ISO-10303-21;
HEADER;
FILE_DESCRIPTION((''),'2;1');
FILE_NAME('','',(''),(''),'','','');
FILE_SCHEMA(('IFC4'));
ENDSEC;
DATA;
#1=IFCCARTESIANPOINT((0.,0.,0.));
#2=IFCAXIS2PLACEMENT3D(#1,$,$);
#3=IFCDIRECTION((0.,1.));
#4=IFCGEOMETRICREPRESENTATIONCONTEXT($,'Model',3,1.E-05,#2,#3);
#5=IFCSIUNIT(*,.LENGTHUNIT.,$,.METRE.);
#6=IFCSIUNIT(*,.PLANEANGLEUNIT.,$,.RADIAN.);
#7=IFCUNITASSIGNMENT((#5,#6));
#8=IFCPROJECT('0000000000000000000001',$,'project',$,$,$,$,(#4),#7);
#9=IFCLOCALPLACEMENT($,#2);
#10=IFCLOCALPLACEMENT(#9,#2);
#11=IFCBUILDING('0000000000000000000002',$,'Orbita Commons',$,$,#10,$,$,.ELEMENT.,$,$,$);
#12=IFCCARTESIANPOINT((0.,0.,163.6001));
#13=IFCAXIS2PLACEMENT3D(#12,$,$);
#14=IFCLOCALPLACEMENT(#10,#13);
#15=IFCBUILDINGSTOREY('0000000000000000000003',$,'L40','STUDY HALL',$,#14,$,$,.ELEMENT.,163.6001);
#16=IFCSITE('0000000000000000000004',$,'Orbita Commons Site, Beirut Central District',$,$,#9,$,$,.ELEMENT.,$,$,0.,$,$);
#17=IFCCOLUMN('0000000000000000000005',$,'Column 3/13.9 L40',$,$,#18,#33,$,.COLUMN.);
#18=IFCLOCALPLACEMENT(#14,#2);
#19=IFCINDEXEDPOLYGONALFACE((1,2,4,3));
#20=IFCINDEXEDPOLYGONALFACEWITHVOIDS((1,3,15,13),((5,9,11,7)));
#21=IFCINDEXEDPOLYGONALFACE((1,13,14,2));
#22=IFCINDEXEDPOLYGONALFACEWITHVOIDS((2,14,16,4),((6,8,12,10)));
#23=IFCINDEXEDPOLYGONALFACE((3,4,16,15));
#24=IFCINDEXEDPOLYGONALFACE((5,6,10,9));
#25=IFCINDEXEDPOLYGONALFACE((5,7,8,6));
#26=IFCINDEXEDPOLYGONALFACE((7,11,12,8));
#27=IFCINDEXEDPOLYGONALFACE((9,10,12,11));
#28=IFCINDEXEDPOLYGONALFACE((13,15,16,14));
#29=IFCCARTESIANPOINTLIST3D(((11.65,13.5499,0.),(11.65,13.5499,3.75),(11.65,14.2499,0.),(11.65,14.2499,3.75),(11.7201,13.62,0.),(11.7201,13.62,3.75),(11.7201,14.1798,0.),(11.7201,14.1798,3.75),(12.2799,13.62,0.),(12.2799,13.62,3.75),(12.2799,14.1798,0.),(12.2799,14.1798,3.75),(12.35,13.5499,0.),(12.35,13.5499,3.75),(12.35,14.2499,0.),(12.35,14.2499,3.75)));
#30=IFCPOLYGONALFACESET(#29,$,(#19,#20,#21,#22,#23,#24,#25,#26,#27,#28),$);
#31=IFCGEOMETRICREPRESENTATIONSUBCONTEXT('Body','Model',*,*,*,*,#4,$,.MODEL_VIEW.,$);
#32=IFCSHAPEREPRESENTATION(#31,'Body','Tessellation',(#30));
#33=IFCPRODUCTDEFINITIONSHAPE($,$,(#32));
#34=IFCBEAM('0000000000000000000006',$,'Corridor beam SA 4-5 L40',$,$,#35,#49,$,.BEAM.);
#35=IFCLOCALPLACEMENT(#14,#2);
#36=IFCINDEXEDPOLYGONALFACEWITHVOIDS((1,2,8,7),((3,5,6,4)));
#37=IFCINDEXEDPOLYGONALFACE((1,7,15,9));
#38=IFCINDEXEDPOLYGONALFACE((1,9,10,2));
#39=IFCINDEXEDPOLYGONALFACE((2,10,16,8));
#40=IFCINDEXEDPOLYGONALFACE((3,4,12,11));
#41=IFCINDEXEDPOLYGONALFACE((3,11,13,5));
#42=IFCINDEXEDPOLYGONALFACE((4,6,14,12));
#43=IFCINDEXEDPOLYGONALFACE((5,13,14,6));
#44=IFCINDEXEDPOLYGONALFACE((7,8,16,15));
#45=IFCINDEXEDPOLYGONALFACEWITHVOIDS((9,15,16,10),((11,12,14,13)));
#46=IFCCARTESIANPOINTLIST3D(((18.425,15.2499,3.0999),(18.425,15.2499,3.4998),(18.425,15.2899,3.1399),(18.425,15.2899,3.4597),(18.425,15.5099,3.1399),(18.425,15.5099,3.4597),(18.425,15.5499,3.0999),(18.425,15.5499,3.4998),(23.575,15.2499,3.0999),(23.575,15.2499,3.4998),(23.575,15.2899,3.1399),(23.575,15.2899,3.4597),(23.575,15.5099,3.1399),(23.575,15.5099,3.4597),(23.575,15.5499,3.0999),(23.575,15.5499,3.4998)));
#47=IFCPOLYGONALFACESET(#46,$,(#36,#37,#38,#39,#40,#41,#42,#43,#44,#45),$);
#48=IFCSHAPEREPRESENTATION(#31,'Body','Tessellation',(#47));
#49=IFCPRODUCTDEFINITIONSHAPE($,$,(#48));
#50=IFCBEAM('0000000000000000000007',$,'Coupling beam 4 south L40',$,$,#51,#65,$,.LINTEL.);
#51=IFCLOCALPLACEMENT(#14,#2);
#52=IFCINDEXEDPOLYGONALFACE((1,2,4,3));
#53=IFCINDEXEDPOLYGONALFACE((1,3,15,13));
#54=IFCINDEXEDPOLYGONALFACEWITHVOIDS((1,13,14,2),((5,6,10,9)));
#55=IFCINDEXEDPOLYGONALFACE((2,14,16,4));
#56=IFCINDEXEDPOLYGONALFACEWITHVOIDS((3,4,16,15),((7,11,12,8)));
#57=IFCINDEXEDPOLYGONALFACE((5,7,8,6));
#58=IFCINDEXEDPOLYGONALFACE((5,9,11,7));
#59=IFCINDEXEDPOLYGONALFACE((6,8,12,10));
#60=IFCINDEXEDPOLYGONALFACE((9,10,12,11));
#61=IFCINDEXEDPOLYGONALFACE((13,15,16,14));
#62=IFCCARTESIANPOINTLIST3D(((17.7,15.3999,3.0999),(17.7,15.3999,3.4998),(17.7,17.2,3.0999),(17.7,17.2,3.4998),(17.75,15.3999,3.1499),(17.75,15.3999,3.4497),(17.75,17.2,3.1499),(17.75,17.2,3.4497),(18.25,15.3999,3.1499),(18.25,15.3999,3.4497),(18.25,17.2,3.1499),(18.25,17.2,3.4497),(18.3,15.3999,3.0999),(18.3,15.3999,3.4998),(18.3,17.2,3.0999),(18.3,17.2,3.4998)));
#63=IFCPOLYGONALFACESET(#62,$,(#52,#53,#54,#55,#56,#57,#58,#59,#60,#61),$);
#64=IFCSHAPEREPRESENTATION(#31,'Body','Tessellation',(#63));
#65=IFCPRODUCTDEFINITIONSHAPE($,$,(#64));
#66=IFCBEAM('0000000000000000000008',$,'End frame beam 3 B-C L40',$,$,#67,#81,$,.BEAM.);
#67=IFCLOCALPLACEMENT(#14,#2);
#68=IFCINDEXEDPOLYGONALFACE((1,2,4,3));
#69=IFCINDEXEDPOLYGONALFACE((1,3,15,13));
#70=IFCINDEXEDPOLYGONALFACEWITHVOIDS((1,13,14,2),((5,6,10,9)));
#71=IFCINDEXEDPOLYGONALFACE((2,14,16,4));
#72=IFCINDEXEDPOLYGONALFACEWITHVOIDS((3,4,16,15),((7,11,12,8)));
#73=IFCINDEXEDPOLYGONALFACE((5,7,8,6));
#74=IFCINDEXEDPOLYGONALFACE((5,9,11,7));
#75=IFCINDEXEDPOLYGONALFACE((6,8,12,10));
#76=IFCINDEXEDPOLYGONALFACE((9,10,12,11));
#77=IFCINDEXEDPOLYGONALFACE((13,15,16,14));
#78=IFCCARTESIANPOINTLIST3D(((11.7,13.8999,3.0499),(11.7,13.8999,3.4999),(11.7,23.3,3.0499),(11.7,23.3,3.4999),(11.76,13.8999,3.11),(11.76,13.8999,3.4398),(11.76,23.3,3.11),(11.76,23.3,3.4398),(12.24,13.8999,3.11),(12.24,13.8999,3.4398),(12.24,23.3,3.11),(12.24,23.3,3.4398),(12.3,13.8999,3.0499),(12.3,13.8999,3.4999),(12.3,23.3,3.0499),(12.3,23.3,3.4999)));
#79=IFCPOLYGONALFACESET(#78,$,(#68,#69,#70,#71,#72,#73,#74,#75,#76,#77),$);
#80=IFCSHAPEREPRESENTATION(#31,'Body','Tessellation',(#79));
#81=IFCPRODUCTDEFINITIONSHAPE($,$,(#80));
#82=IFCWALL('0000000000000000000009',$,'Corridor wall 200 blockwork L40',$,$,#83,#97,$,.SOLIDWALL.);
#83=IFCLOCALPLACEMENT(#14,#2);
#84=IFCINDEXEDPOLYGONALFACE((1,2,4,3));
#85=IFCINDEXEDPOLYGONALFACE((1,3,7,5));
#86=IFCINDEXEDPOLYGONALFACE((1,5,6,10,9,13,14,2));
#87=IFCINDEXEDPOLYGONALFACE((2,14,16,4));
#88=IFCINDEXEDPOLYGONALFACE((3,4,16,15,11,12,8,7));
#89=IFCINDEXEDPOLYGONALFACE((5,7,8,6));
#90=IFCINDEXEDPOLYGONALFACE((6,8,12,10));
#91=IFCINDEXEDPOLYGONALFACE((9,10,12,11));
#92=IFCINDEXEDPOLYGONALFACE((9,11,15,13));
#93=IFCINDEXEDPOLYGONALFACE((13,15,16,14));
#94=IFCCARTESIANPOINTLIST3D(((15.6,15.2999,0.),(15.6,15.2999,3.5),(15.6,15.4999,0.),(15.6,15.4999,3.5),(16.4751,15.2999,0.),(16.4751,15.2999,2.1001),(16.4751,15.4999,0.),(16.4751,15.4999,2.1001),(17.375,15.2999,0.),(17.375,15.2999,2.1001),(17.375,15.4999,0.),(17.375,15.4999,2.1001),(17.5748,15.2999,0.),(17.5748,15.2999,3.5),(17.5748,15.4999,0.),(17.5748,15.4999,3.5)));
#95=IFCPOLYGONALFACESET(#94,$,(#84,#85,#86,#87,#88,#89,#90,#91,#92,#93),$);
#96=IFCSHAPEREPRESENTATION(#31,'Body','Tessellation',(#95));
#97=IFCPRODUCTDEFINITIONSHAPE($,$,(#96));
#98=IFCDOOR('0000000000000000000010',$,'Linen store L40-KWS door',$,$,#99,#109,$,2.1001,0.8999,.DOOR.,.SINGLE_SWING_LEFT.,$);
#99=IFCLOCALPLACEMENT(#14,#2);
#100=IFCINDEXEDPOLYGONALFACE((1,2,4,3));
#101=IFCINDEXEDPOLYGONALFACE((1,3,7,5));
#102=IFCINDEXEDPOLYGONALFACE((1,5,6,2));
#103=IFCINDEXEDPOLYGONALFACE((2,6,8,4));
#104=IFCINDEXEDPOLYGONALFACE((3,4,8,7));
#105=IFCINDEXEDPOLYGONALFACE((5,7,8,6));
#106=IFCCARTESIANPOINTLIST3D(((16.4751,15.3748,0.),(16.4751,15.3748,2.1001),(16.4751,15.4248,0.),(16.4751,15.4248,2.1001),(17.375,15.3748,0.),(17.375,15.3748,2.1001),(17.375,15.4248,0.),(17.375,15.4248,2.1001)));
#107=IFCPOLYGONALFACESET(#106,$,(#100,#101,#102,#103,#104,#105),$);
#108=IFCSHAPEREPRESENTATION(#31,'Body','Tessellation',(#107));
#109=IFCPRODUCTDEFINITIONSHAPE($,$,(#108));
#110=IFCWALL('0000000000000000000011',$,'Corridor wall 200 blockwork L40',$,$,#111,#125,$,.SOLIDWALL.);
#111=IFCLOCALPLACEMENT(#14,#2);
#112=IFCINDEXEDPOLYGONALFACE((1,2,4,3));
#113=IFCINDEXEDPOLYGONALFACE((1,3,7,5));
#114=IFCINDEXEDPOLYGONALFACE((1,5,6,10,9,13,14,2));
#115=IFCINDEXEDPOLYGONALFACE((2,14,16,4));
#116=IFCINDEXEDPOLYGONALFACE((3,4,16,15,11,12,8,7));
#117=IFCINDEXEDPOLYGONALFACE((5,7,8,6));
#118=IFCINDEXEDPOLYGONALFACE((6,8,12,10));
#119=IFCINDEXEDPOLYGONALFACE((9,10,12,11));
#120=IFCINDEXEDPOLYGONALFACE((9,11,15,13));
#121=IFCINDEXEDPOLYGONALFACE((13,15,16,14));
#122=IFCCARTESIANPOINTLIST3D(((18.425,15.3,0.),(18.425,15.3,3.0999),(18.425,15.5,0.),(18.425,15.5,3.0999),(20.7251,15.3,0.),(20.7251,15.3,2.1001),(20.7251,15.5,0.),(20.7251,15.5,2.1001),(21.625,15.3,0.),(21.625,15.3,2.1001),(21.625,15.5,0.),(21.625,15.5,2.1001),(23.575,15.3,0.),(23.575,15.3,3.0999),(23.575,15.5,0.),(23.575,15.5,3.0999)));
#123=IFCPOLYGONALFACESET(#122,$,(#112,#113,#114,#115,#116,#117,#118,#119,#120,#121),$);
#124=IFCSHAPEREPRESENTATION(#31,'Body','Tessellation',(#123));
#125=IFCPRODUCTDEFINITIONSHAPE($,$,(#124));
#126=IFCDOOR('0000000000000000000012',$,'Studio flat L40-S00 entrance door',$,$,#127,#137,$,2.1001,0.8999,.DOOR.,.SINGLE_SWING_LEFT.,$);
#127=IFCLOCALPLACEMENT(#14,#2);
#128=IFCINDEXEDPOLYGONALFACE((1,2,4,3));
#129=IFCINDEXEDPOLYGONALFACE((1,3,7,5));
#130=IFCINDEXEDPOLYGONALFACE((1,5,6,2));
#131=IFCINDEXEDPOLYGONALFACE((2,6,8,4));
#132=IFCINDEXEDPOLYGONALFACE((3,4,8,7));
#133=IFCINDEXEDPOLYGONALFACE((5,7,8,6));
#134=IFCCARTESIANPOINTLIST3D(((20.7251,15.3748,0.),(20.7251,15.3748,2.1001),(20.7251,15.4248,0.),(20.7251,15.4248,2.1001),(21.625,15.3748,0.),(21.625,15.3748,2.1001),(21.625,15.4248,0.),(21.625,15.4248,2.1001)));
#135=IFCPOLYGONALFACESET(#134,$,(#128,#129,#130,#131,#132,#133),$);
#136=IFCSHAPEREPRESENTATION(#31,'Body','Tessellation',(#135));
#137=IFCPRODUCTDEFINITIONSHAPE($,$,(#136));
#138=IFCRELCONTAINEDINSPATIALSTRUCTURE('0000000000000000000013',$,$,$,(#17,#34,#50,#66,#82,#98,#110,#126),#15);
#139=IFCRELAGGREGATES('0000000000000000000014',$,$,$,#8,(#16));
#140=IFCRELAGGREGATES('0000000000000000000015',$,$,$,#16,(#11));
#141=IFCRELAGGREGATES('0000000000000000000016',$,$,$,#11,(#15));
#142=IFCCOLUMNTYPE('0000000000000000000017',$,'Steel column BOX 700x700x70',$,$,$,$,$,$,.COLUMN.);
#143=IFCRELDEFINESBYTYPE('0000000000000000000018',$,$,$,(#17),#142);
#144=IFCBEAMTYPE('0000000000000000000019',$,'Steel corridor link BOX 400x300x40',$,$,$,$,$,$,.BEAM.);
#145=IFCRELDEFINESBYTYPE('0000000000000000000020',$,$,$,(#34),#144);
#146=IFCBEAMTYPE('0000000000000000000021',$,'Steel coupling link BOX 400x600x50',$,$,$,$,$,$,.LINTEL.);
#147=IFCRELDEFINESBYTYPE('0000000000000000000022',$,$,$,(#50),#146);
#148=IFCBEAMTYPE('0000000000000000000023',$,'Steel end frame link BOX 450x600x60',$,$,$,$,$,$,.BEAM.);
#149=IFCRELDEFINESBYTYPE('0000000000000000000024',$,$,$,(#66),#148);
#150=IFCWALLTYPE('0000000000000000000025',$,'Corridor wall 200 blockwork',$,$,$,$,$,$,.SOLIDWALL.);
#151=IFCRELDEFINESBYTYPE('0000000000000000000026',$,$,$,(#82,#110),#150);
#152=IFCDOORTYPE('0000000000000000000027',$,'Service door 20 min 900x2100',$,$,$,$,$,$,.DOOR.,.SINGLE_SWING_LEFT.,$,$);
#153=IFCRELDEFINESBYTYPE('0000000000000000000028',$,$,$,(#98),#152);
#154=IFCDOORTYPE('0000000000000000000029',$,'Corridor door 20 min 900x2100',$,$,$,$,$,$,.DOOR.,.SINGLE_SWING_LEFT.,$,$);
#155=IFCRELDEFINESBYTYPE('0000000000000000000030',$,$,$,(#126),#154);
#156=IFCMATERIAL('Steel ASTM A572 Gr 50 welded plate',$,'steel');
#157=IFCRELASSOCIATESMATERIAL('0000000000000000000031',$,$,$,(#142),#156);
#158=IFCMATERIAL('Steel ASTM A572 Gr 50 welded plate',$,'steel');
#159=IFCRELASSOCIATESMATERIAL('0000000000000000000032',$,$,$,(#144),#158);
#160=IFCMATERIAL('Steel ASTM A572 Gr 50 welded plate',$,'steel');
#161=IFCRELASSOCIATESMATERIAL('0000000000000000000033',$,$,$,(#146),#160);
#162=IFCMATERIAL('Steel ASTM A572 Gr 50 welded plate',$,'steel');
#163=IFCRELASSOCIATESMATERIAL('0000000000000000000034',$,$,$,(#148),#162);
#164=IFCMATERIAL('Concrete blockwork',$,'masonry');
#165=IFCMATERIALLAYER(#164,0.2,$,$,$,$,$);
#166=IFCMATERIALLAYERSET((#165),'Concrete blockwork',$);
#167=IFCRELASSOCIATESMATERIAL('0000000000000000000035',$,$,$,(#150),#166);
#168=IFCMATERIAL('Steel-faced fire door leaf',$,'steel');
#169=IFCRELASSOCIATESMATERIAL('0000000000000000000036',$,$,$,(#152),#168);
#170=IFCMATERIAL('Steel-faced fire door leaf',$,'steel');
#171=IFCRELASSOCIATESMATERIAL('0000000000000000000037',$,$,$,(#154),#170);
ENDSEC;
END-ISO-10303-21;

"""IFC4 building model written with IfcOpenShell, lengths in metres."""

from ifc_helpers import new_model, si_unit, direction, frame, frame_2d, origin, origin_2d, place, context, subcontext, project, spatial, polyline, rectangle, hollow_rectangle, outline, extrude, material, layer, layer_set, material_profile, profile_set, type_object, element, fill, save


model = new_model("IFC4")

# Units and contexts
model_context = context("Model", 3, precision=1e-05, world=origin(), true_north=direction((0.0, 1.0)))
body_context = subcontext(model_context, "Body", "Model", "MODEL_VIEW")
ifc_project = project(units=[si_unit("LENGTHUNIT", "METRE"), si_unit("PLANEANGLEUNIT", "RADIAN")], contexts=[model_context])

# Site, building, storey
site_placement = place(None, origin())
site = spatial("IfcSite", under=ifc_project, at=site_placement, Name="Orbita Commons Site, Beirut Central District", CompositionType="ELEMENT", RefElevation=0.0)
building_placement = place(site_placement, origin())
building = spatial("IfcBuilding", under=site, at=building_placement, Name="Orbita Commons", CompositionType="ELEMENT")
storey_placement = place(building_placement, frame((0.0, 0.0, 163.6001)))
storey = spatial("IfcBuildingStorey", under=building, at=storey_placement, Name="L40", Description="STUDY HALL", CompositionType="ELEMENT", Elevation=163.6001)

# Column
ifc_material_1 = material(Name="Steel ASTM A572 Gr 50 welded plate", Category="steel")
ifc_material_profile_1 = material_profile(ifc_material_1, hollow_rectangle(XDim=0.7, YDim=0.7, WallThickness=0.0701, at=origin_2d()), Name="BOX 700x700x70")
ifc_profile_set_1 = profile_set([ifc_material_profile_1], Name="Steel ASTM A572 Gr 50 welded plate")
column_type = type_object("IfcColumnType", Name="Steel column BOX 700x700x70", PredefinedType="COLUMN", material=ifc_profile_set_1)
column_placement = place(storey_placement, frame((12.0, 13.8999, 0.0), z_axis=(0.0, 0.0, 1.0), x_axis=(1.0, 0.0, 0.0)))
element("IfcColumn", 1, at=column_placement, inside=storey, type_object=column_type, Name="Column 3/13.9 L40", PredefinedType="COLUMN", context=body_context, shape_type="SweptSolid", body=[
    extrude(hollow_rectangle(XDim=0.7, YDim=0.7, WallThickness=0.0701, at=origin_2d()), origin(), (0.0, 0.0, 1.0), 3.75),
])

# Beams
ifc_material_2 = material(Name="Steel ASTM A572 Gr 50 welded plate", Category="steel")
ifc_material_profile_2 = material_profile(ifc_material_2, hollow_rectangle(XDim=0.3, YDim=0.3999, WallThickness=0.04, at=origin_2d()), Name="BOX 400x300x40")
ifc_profile_set_2 = profile_set([ifc_material_profile_2], Name="Steel ASTM A572 Gr 50 welded plate")
beam_type_1 = type_object("IfcBeamType", Name="Steel corridor link BOX 400x300x40", PredefinedType="BEAM", material=ifc_profile_set_2)
beam_1_placement = place(storey_placement, frame((18.425, 15.3999, 3.2998), z_axis=(1.0, 0.0, 0.0), x_axis=(0.0, 1.0, 0.0)))
element("IfcBeam", 2, at=beam_1_placement, inside=storey, type_object=beam_type_1, Name="Corridor beam SA 4-5 L40", PredefinedType="BEAM", context=body_context, shape_type="SweptSolid", body=[
    extrude(hollow_rectangle(XDim=0.3, YDim=0.3999, WallThickness=0.04, at=origin_2d()), origin(), (0.0, 0.0, 1.0), 5.1499),
])
ifc_material_3 = material(Name="Steel ASTM A572 Gr 50 welded plate", Category="steel")
ifc_material_profile_3 = material_profile(ifc_material_3, hollow_rectangle(XDim=0.6001, YDim=0.3999, WallThickness=0.05, at=origin_2d()), Name="BOX 400x600x50")
ifc_profile_set_3 = profile_set([ifc_material_profile_3], Name="Steel ASTM A572 Gr 50 welded plate")
beam_type_2 = type_object("IfcBeamType", Name="Steel coupling link BOX 400x600x50", PredefinedType="LINTEL", material=ifc_profile_set_3)
beam_2_placement = place(storey_placement, frame((18.0, 15.3999, 3.2998), z_axis=(0.0, 1.0, 0.0), x_axis=(-1.0, 0.0, 0.0)))
element("IfcBeam", 3, at=beam_2_placement, inside=storey, type_object=beam_type_2, Name="Coupling beam 4 south L40", PredefinedType="LINTEL", context=body_context, shape_type="SweptSolid", body=[
    extrude(hollow_rectangle(XDim=0.6001, YDim=0.3999, WallThickness=0.05, at=origin_2d()), origin(), (0.0, 0.0, 1.0), 1.8),
])
ifc_material_4 = material(Name="Steel ASTM A572 Gr 50 welded plate", Category="steel")
ifc_material_profile_4 = material_profile(ifc_material_4, hollow_rectangle(XDim=0.6001, YDim=0.45, WallThickness=0.0601, at=origin_2d()), Name="BOX 450x600x60")
ifc_profile_set_4 = profile_set([ifc_material_profile_4], Name="Steel ASTM A572 Gr 50 welded plate")
beam_type_3 = type_object("IfcBeamType", Name="Steel end frame link BOX 450x600x60", PredefinedType="BEAM", material=ifc_profile_set_4)
beam_3_placement = place(storey_placement, frame((12.0, 13.8999, 3.2749), z_axis=(0.0, 1.0, 0.0), x_axis=(-1.0, 0.0, 0.0)))
element("IfcBeam", 4, at=beam_3_placement, inside=storey, type_object=beam_type_3, Name="End frame beam 3 B-C L40", PredefinedType="BEAM", context=body_context, shape_type="SweptSolid", body=[
    extrude(hollow_rectangle(XDim=0.6001, YDim=0.45, WallThickness=0.0601, at=origin_2d()), origin(), (0.0, 0.0, 1.0), 9.4001),
])

# Walls, openings, doors
ifc_material_5 = material(Name="Concrete blockwork", Category="masonry")
ifc_layer_1 = layer(ifc_material_5, 0.2)
ifc_layer_set_1 = layer_set([ifc_layer_1], Name="Concrete blockwork")
wall_type_1 = type_object("IfcWallType", Name="Corridor wall 200 blockwork", PredefinedType="SOLIDWALL", material=ifc_layer_set_1)
wall_1_placement = place(storey_placement, frame((15.6001, 15.3999, 0.0), z_axis=(0.0, 0.0, 1.0), x_axis=(1.0, 0.0, 0.0)))
wall_1 = element("IfcWall", 5, at=wall_1_placement, inside=storey, type_object=wall_type_1, Name="Corridor wall 200 blockwork L40", PredefinedType="SOLIDWALL", context=body_context, shape_type="SweptSolid", body=[
    extrude(rectangle(XDim=1.9749, YDim=0.2, at=frame_2d((0.9873, 0.0))), origin(), (0.0, 0.0, 1.0), 3.5),
])
opening_1_placement = place(wall_1_placement, frame((0.875, 0.0, 0.0)))
opening_1 = element("IfcOpeningElement", 6, at=opening_1_placement, cuts=wall_1, PredefinedType="OPENING", context=body_context, shape_type="SweptSolid", body=[
    extrude(rectangle(XDim=0.8999, YDim=2.1001, at=frame_2d((0.45, 1.05))), frame((0.0, 0.1099, 0.0), z_axis=(0.0, -1.0, 0.0), x_axis=(1.0, 0.0, 0.0)), (0.0, 0.0, 1.0), 0.22),
])
ifc_material_6 = material(Name="Steel-faced fire door leaf", Category="steel")
door_type_1 = type_object("IfcDoorType", Name="Service door 20 min 900x2100", OperationType="SINGLE_SWING_LEFT", PredefinedType="DOOR", material=ifc_material_6)
door_1_placement = place(opening_1_placement, origin())
door_1 = element("IfcDoor", 7, at=door_1_placement, inside=storey, type_object=door_type_1, Name="Linen store L40-KWS door", OperationType="SINGLE_SWING_LEFT", OverallHeight=2.1001, OverallWidth=0.8999, PredefinedType="DOOR", context=body_context, shape_type="SweptSolid", body=[
    extrude(rectangle(XDim=0.8999, YDim=2.1001, at=frame_2d((0.45, 1.05))), frame((0.0, 0.0249, 0.0), z_axis=(0.0, -1.0, 0.0), x_axis=(1.0, 0.0, 0.0)), (0.0, 0.0, 1.0), 0.05),
])
fill(opening_1, door_1)
wall_2_placement = place(storey_placement, frame((18.425, 15.3999, 0.0), z_axis=(0.0, 0.0, 1.0), x_axis=(1.0, 0.0, 0.0)))
wall_2 = element("IfcWall", 8, at=wall_2_placement, inside=storey, type_object=wall_type_1, Name="Corridor wall 200 blockwork L40", PredefinedType="SOLIDWALL", context=body_context, shape_type="SweptSolid", body=[
    extrude(outline(polyline([(0.0, 0.0), (5.1499, 0.0), (5.1499, 3.0999), (0.0, 3.0999), (0.0, 0.0)])), frame((0.0, 0.1001, 0.0), z_axis=(0.0, -1.0, 0.0), x_axis=(1.0, 0.0, 0.0)), (0.0, 0.0, 1.0), 0.2),
])
opening_2_placement = place(wall_2_placement, frame((2.3, 0.0, 0.0)))
opening_2 = element("IfcOpeningElement", 9, at=opening_2_placement, cuts=wall_2, PredefinedType="OPENING", context=body_context, shape_type="SweptSolid", body=[
    extrude(rectangle(XDim=0.8999, YDim=2.1001, at=frame_2d((0.45, 1.05))), frame((0.0, 0.1099, 0.0), z_axis=(0.0, -1.0, 0.0), x_axis=(1.0, 0.0, 0.0)), (0.0, 0.0, 1.0), 0.22),
])
ifc_material_7 = material(Name="Steel-faced fire door leaf", Category="steel")
door_type_2 = type_object("IfcDoorType", Name="Corridor door 20 min 900x2100", OperationType="SINGLE_SWING_LEFT", PredefinedType="DOOR", material=ifc_material_7)
door_2_placement = place(opening_2_placement, origin())
door_2 = element("IfcDoor", 10, at=door_2_placement, inside=storey, type_object=door_type_2, Name="Studio flat L40-S00 entrance door", OperationType="SINGLE_SWING_LEFT", OverallHeight=2.1001, OverallWidth=0.8999, PredefinedType="DOOR", context=body_context, shape_type="SweptSolid", body=[
    extrude(rectangle(XDim=0.8999, YDim=2.1001, at=frame_2d((0.45, 1.05))), frame((0.0, 0.0249, 0.0), z_axis=(0.0, -1.0, 0.0), x_axis=(1.0, 0.0, 0.0)), (0.0, 0.0, 1.0), 0.05),
])
fill(opening_2, door_2)

save(model, "model.ifc")
